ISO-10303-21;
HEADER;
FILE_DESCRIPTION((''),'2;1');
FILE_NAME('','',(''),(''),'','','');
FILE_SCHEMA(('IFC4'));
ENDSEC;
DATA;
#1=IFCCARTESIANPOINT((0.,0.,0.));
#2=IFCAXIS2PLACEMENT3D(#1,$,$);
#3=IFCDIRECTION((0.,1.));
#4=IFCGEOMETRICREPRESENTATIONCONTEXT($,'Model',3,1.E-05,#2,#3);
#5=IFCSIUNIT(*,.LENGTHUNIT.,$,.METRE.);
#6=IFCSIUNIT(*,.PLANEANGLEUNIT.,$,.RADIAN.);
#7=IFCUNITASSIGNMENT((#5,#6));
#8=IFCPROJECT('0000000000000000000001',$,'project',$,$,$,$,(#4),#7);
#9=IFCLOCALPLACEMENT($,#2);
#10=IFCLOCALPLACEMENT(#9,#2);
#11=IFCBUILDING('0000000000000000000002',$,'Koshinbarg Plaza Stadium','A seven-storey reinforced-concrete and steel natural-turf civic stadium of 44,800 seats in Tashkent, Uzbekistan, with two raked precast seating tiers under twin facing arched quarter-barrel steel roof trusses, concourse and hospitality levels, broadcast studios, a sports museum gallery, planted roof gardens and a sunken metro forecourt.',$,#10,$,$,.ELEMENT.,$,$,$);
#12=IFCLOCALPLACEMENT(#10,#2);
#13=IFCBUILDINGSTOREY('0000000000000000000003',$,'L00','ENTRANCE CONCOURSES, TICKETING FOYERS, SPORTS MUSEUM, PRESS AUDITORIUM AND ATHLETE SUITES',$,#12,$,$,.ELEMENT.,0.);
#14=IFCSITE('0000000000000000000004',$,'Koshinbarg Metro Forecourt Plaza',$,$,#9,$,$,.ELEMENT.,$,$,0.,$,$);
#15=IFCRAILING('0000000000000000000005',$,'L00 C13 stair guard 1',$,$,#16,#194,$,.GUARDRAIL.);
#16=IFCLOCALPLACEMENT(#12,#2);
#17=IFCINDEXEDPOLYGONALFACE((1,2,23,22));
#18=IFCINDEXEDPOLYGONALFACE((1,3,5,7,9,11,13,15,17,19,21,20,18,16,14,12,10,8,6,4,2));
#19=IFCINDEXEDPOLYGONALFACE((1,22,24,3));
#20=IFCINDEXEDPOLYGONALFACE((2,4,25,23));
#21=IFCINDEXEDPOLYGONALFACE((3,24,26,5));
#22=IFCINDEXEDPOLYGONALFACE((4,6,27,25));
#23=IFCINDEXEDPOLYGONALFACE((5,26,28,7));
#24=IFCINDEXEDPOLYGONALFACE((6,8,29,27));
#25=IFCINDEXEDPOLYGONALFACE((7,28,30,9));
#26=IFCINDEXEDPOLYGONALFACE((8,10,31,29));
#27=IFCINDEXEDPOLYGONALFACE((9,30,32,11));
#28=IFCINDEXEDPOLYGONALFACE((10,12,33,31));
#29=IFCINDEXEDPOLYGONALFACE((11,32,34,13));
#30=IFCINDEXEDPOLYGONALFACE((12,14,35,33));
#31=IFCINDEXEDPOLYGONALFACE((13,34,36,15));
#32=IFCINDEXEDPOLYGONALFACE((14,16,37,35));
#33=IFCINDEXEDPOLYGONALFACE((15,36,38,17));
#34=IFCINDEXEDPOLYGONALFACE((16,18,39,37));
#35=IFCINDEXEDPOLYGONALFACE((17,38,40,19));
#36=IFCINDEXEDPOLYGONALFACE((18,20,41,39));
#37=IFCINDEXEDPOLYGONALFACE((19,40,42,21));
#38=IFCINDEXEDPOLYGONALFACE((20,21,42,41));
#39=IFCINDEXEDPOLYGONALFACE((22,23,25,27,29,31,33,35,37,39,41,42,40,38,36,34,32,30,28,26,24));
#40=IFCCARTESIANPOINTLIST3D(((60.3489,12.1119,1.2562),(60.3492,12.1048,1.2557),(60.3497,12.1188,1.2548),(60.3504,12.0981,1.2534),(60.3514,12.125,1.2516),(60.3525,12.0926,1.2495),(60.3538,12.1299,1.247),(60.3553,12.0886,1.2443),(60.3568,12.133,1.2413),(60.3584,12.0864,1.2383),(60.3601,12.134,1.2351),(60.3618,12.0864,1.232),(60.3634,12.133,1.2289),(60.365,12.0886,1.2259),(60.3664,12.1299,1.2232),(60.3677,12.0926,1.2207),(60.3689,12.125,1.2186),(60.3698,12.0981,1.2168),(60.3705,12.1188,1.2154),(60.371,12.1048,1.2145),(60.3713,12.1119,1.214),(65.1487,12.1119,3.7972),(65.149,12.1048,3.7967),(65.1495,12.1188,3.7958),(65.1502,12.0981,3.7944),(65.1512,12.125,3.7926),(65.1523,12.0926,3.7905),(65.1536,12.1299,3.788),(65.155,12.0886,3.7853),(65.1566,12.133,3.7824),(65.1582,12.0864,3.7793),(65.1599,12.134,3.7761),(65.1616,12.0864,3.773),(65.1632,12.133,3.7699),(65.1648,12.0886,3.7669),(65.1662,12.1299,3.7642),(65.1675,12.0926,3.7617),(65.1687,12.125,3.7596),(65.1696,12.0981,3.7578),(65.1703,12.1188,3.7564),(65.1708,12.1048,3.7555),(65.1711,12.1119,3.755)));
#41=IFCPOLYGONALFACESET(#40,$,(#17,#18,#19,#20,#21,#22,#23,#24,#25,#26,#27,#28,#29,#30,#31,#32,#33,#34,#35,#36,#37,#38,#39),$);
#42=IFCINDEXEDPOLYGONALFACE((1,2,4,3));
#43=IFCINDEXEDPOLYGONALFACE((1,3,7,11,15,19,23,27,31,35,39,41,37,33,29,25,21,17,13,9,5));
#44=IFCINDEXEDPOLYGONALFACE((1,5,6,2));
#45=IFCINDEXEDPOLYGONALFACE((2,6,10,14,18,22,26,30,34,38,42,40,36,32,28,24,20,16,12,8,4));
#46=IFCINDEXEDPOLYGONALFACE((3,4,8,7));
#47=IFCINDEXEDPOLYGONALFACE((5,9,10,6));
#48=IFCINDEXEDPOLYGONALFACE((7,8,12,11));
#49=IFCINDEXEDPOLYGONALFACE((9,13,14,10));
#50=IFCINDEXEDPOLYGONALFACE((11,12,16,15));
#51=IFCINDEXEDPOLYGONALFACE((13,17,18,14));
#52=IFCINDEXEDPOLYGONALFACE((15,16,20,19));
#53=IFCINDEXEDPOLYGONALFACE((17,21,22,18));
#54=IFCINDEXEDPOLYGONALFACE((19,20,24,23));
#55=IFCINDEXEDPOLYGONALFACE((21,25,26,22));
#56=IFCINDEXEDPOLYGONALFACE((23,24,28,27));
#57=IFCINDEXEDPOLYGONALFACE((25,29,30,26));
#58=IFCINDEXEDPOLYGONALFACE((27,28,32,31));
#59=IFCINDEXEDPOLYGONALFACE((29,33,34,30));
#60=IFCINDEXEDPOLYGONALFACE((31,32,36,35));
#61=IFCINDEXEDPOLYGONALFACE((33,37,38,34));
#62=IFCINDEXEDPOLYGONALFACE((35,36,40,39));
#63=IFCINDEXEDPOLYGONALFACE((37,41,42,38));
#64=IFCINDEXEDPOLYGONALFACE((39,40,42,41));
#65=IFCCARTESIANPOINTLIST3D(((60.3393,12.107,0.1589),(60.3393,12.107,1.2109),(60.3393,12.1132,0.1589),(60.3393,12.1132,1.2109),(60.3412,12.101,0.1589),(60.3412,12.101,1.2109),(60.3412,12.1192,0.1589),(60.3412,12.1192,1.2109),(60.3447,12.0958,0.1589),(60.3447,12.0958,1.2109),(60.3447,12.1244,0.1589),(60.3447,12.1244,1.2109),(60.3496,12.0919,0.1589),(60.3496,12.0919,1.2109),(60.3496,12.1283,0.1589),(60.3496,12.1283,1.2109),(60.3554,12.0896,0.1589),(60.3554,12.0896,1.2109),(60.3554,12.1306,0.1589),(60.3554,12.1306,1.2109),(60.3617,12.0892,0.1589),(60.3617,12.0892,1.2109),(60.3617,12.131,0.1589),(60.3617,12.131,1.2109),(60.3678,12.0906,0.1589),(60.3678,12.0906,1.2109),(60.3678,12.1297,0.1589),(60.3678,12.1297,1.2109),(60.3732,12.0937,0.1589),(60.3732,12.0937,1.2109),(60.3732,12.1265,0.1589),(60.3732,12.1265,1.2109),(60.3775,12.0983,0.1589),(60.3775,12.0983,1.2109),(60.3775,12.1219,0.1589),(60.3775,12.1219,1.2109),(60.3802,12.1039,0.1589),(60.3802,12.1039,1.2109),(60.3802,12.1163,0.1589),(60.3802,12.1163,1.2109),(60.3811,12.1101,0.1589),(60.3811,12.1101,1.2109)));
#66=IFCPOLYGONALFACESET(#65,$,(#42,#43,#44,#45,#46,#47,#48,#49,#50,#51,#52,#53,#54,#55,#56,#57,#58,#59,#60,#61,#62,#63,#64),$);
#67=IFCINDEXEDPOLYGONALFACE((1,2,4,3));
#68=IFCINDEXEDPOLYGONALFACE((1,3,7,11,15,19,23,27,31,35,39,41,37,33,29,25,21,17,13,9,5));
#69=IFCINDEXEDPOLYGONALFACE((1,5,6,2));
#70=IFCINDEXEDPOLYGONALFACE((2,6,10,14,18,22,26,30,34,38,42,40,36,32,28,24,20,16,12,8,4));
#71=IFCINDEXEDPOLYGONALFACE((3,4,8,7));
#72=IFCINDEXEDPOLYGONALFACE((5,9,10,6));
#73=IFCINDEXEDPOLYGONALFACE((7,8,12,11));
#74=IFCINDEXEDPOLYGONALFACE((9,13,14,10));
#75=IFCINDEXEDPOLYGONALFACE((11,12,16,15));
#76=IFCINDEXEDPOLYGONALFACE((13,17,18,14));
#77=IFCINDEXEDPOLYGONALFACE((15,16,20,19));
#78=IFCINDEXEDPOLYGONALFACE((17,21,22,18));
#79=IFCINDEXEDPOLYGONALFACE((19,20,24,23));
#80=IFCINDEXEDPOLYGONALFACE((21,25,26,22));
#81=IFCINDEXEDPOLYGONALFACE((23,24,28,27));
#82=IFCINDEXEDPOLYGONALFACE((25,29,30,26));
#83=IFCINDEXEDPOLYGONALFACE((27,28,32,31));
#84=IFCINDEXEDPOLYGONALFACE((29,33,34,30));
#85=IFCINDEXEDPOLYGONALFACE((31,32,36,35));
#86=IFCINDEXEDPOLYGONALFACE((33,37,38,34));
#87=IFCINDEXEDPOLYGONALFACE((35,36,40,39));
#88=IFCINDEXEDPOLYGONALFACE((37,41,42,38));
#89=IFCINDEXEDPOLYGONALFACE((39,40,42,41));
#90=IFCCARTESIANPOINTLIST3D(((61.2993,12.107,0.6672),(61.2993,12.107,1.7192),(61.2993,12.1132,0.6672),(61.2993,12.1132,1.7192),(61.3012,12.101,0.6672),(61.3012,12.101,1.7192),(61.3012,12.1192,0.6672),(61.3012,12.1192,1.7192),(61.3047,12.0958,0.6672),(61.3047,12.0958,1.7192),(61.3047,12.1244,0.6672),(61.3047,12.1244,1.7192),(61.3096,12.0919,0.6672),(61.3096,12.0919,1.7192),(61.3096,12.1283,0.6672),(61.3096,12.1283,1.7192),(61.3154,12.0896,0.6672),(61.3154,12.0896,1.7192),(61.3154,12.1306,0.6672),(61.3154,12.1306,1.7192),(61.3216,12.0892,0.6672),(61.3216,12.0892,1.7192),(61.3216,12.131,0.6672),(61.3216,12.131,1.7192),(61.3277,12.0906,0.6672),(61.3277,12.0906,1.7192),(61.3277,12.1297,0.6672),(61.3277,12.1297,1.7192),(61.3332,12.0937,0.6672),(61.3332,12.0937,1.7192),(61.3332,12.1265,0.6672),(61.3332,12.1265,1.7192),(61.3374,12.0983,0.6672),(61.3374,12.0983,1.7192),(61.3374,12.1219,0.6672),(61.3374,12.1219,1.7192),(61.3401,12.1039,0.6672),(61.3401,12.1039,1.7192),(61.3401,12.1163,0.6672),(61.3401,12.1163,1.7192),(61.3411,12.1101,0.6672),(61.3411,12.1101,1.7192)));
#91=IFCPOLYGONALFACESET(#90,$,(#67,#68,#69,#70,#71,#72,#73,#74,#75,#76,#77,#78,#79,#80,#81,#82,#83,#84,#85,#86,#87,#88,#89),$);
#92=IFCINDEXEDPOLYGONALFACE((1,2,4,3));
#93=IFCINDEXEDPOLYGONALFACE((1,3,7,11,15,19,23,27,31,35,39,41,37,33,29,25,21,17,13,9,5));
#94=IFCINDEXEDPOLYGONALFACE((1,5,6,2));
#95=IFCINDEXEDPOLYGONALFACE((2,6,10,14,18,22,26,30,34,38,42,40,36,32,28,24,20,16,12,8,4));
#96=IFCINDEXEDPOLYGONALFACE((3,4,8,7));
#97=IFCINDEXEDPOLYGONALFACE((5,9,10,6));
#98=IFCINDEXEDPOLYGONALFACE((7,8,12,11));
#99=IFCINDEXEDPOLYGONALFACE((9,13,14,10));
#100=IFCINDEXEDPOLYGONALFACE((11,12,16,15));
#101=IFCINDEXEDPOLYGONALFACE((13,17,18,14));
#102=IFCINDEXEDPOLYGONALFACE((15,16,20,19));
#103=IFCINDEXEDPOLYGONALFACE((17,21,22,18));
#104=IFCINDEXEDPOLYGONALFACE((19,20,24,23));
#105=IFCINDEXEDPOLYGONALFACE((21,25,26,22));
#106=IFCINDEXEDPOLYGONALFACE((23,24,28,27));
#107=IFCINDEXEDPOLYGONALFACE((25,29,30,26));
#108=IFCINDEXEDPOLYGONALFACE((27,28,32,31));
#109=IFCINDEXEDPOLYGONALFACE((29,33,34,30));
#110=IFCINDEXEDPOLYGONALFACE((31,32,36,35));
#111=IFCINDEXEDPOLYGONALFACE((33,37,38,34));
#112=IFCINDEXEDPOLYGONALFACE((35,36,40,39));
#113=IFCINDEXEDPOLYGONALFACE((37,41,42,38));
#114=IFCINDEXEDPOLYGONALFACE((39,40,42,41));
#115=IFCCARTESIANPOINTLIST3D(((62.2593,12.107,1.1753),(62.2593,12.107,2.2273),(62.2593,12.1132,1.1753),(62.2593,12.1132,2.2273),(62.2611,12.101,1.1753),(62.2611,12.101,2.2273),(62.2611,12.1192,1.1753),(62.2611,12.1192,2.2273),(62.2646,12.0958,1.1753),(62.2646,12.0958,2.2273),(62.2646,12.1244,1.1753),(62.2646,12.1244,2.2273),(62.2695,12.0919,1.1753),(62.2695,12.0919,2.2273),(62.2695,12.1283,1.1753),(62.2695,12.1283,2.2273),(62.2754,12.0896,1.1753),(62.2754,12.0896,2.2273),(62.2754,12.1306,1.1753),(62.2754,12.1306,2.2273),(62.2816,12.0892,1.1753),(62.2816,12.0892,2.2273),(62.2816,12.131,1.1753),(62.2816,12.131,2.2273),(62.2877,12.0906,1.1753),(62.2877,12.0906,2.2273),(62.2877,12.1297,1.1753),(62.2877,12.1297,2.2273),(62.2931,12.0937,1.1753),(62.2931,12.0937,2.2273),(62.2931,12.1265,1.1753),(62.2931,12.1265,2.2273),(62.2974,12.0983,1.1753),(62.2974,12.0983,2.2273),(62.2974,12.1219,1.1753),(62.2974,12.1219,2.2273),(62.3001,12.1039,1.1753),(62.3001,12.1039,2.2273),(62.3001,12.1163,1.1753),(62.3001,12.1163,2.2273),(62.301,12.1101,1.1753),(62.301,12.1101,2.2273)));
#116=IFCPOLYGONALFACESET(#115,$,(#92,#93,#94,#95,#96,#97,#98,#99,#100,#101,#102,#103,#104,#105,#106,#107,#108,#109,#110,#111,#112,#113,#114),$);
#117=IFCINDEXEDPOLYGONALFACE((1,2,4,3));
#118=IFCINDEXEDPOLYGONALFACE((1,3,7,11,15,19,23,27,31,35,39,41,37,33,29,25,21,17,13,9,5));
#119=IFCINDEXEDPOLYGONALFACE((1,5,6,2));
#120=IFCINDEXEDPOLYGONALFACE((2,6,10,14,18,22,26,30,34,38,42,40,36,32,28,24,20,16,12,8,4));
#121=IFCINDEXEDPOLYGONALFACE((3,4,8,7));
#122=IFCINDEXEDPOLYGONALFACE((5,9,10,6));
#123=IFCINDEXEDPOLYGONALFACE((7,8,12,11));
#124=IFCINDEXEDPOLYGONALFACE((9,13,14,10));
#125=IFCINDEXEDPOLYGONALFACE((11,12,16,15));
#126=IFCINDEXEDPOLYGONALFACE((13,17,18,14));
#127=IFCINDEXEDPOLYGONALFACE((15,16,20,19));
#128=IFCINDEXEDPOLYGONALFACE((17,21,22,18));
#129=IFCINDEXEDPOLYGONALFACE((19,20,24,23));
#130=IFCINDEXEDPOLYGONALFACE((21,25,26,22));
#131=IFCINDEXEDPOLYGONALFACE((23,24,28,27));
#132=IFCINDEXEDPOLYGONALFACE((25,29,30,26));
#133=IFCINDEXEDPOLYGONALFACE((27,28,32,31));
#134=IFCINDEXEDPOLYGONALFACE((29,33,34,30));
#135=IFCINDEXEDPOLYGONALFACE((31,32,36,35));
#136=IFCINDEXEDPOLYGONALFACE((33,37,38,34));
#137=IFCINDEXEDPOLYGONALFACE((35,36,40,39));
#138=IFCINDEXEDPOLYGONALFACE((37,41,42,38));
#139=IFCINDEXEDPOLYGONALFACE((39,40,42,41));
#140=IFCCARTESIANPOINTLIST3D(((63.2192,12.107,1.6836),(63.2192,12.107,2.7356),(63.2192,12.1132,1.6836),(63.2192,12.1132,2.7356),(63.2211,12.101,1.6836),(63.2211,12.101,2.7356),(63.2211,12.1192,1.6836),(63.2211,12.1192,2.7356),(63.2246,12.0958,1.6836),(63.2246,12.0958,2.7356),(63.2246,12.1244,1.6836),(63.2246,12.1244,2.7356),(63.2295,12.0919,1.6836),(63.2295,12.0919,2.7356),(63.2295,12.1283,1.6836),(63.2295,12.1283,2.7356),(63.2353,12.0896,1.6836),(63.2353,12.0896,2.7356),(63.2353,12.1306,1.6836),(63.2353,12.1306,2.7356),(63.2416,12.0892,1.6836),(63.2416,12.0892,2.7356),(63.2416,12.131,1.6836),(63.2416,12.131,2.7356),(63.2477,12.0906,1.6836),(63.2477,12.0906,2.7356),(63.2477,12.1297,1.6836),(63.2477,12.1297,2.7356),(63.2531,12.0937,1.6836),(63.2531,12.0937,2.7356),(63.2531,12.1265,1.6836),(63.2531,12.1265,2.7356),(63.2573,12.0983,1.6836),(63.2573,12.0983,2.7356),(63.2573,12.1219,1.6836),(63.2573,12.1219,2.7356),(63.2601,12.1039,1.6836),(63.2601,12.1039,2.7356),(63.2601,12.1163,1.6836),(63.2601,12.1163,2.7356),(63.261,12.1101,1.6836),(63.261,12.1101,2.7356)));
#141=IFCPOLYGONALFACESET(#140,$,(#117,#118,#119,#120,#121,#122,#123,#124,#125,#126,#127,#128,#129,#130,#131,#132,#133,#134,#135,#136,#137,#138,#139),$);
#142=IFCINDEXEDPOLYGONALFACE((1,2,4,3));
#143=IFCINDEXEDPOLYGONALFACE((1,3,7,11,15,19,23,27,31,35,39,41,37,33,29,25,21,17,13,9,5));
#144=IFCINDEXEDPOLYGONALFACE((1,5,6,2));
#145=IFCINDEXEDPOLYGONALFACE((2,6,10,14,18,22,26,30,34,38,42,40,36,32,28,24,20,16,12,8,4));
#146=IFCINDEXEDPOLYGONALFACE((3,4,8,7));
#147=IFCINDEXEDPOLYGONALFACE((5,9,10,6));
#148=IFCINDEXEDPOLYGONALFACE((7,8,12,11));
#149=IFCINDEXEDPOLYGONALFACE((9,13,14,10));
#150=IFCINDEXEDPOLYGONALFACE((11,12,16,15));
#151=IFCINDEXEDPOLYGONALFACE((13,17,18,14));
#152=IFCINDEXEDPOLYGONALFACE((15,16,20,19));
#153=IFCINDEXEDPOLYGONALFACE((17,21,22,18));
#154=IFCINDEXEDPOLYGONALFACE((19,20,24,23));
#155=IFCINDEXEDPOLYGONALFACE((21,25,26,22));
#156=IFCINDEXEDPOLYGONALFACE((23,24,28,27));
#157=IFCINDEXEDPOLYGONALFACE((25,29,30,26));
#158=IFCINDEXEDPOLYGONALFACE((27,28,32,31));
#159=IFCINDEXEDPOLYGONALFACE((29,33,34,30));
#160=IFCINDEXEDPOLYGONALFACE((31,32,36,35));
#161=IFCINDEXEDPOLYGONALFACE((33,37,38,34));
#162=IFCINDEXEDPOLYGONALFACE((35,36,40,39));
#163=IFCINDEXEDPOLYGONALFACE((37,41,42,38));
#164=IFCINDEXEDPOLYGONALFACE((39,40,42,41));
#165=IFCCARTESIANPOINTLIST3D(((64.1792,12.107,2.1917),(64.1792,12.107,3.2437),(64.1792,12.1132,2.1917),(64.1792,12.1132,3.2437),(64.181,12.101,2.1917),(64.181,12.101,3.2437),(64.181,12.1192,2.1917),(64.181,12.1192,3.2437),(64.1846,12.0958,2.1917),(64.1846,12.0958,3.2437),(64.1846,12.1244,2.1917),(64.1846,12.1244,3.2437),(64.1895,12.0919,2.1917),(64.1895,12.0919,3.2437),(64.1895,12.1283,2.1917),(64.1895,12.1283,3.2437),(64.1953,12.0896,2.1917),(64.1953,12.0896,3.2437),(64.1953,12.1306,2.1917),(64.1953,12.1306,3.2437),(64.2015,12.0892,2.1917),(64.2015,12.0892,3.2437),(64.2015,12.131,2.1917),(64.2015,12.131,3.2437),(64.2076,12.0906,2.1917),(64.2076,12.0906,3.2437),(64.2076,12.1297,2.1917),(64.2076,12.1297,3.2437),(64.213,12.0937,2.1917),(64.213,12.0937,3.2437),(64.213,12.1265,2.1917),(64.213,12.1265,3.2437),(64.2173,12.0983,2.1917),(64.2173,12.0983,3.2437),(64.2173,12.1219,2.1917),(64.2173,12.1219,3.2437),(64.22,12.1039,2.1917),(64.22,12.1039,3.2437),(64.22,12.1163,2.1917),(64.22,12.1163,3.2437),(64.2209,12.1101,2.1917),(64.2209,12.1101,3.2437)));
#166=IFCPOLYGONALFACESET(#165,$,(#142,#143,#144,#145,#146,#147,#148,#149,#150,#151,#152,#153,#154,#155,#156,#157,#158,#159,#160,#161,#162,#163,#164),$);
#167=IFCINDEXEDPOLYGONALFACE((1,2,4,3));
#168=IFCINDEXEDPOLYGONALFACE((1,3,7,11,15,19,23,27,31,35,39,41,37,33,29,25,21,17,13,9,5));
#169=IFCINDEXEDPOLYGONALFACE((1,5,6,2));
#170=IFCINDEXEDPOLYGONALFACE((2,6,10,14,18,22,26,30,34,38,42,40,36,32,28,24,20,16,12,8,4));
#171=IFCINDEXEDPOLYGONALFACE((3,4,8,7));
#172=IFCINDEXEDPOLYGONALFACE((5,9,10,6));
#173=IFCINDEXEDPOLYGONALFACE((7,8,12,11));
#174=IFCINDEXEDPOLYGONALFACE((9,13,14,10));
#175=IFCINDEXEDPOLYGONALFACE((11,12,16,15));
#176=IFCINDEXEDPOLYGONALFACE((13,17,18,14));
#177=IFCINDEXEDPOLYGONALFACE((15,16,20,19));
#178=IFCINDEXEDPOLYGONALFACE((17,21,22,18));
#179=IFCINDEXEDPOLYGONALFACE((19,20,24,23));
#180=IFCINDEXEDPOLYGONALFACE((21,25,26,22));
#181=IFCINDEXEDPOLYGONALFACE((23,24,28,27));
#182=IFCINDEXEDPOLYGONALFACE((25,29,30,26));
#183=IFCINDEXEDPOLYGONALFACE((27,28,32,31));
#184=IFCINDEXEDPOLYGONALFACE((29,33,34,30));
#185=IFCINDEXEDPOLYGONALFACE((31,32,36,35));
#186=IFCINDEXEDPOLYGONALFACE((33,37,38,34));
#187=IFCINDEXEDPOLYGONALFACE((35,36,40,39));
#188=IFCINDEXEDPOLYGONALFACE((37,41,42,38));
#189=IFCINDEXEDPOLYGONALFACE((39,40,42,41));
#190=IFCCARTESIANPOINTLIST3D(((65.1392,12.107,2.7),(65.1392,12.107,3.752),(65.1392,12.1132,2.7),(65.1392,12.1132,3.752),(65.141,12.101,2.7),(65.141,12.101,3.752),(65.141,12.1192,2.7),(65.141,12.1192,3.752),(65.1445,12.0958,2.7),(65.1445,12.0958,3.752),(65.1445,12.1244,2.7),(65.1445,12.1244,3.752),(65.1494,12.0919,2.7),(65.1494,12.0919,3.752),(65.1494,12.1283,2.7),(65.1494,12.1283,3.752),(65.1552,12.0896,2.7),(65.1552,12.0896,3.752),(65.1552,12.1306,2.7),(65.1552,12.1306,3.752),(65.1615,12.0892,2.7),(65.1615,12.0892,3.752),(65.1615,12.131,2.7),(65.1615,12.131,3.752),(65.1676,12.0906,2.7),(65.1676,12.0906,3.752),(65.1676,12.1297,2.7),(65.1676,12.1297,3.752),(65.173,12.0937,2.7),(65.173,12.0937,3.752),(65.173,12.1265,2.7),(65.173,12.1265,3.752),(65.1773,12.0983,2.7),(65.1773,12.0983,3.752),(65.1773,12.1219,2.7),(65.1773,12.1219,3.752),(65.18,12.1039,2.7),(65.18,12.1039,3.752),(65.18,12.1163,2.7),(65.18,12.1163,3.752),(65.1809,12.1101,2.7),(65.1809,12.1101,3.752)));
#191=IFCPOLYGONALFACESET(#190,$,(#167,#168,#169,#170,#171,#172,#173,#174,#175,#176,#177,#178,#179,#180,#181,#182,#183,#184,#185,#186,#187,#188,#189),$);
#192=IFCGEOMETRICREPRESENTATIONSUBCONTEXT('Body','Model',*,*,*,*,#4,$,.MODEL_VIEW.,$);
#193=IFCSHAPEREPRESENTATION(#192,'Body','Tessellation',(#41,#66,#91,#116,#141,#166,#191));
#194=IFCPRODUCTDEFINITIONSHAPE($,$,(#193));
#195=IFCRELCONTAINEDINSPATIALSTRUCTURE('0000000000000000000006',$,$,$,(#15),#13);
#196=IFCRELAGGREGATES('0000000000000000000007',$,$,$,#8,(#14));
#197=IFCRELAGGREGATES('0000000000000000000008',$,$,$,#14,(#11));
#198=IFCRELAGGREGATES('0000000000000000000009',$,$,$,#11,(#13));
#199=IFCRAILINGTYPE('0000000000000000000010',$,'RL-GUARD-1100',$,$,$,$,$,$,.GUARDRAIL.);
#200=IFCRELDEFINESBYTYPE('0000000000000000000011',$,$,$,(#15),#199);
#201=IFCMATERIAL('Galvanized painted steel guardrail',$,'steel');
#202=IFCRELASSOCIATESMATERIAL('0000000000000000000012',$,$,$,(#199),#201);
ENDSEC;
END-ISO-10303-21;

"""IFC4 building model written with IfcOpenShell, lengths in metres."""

from ifc_helpers import new_model, si_unit, direction, frame, origin, origin_2d, place, context, subcontext, project, spatial, circle, extrude, material, type_object, element, save


model = new_model("IFC4")

# Units and contexts
model_context = context("Model", 3, precision=1e-05, world=origin(), true_north=direction((0.0, 1.0)))
body_context = subcontext(model_context, "Body", "Model", "MODEL_VIEW")
ifc_project = project(units=[si_unit("LENGTHUNIT", "METRE"), si_unit("PLANEANGLEUNIT", "RADIAN")], contexts=[model_context])

# Site, building, storey
site_placement = place(None, origin())
site = spatial("IfcSite", under=ifc_project, at=site_placement, Name="Koshinbarg Metro Forecourt Plaza", CompositionType="ELEMENT", RefElevation=0.0)
building_placement = place(site_placement, origin())
building = spatial("IfcBuilding", under=site, at=building_placement, Name="Koshinbarg Plaza Stadium", Description="A seven-storey reinforced-concrete and steel natural-turf civic stadium of 44,800 seats in Tashkent, Uzbekistan, with two raked precast seating tiers under twin facing arched quarter-barrel steel roof trusses, concourse and hospitality levels, broadcast studios, a sports museum gallery, planted roof gardens and a sunken metro forecourt.", CompositionType="ELEMENT")
storey_placement = place(building_placement, origin())
storey = spatial("IfcBuildingStorey", under=building, at=storey_placement, Name="L00", Description="ENTRANCE CONCOURSES, TICKETING FOYERS, SPORTS MUSEUM, PRESS AUDITORIUM AND ATHLETE SUITES", CompositionType="ELEMENT", Elevation=0.0)

# Railing
ifc_material_1 = material(Name="Galvanized painted steel guardrail", Category="steel")
railing_type_1 = type_object("IfcRailingType", Name="RL-GUARD-1100", PredefinedType="GUARDRAIL", material=ifc_material_1)
railing_1_placement = place(storey_placement, frame((60.3601, 12.1101, 0.1589)))
element("IfcRailing", 1, at=railing_1_placement, inside=storey, type_object=railing_type_1, Name="L00 C13 stair guard 1", PredefinedType="GUARDRAIL", context=body_context, shape_type="SweptSolid", body=[
    extrude(circle(Radius=0.0239, at=origin_2d()), frame((0.0, 0.0, 1.0762), z_axis=(0.883792, 0.0, 0.467879), x_axis=(0.0, 1.0, 0.0)), (0.0, 0.0, 1.0), 5.4309),
    extrude(circle(Radius=0.021, at=origin_2d()), origin(), (0.0, 0.0, 1.0), 1.052),
    extrude(circle(Radius=0.021, at=origin_2d()), frame((0.96, 0.0, 0.5083)), (0.0, 0.0, 1.0), 1.052),
    extrude(circle(Radius=0.021, at=origin_2d()), frame((1.9199, 0.0, 1.0164)), (0.0, 0.0, 1.0), 1.052),
    extrude(circle(Radius=0.021, at=origin_2d()), frame((2.8799, 0.0, 1.5247)), (0.0, 0.0, 1.0), 1.052),
    extrude(circle(Radius=0.021, at=origin_2d()), frame((3.8398, 0.0, 2.0327)), (0.0, 0.0, 1.0), 1.052),
    extrude(circle(Radius=0.021, at=origin_2d()), frame((4.7998, 0.0, 2.541)), (0.0, 0.0, 1.0), 1.052),
])

save(model, "model.ifc")
